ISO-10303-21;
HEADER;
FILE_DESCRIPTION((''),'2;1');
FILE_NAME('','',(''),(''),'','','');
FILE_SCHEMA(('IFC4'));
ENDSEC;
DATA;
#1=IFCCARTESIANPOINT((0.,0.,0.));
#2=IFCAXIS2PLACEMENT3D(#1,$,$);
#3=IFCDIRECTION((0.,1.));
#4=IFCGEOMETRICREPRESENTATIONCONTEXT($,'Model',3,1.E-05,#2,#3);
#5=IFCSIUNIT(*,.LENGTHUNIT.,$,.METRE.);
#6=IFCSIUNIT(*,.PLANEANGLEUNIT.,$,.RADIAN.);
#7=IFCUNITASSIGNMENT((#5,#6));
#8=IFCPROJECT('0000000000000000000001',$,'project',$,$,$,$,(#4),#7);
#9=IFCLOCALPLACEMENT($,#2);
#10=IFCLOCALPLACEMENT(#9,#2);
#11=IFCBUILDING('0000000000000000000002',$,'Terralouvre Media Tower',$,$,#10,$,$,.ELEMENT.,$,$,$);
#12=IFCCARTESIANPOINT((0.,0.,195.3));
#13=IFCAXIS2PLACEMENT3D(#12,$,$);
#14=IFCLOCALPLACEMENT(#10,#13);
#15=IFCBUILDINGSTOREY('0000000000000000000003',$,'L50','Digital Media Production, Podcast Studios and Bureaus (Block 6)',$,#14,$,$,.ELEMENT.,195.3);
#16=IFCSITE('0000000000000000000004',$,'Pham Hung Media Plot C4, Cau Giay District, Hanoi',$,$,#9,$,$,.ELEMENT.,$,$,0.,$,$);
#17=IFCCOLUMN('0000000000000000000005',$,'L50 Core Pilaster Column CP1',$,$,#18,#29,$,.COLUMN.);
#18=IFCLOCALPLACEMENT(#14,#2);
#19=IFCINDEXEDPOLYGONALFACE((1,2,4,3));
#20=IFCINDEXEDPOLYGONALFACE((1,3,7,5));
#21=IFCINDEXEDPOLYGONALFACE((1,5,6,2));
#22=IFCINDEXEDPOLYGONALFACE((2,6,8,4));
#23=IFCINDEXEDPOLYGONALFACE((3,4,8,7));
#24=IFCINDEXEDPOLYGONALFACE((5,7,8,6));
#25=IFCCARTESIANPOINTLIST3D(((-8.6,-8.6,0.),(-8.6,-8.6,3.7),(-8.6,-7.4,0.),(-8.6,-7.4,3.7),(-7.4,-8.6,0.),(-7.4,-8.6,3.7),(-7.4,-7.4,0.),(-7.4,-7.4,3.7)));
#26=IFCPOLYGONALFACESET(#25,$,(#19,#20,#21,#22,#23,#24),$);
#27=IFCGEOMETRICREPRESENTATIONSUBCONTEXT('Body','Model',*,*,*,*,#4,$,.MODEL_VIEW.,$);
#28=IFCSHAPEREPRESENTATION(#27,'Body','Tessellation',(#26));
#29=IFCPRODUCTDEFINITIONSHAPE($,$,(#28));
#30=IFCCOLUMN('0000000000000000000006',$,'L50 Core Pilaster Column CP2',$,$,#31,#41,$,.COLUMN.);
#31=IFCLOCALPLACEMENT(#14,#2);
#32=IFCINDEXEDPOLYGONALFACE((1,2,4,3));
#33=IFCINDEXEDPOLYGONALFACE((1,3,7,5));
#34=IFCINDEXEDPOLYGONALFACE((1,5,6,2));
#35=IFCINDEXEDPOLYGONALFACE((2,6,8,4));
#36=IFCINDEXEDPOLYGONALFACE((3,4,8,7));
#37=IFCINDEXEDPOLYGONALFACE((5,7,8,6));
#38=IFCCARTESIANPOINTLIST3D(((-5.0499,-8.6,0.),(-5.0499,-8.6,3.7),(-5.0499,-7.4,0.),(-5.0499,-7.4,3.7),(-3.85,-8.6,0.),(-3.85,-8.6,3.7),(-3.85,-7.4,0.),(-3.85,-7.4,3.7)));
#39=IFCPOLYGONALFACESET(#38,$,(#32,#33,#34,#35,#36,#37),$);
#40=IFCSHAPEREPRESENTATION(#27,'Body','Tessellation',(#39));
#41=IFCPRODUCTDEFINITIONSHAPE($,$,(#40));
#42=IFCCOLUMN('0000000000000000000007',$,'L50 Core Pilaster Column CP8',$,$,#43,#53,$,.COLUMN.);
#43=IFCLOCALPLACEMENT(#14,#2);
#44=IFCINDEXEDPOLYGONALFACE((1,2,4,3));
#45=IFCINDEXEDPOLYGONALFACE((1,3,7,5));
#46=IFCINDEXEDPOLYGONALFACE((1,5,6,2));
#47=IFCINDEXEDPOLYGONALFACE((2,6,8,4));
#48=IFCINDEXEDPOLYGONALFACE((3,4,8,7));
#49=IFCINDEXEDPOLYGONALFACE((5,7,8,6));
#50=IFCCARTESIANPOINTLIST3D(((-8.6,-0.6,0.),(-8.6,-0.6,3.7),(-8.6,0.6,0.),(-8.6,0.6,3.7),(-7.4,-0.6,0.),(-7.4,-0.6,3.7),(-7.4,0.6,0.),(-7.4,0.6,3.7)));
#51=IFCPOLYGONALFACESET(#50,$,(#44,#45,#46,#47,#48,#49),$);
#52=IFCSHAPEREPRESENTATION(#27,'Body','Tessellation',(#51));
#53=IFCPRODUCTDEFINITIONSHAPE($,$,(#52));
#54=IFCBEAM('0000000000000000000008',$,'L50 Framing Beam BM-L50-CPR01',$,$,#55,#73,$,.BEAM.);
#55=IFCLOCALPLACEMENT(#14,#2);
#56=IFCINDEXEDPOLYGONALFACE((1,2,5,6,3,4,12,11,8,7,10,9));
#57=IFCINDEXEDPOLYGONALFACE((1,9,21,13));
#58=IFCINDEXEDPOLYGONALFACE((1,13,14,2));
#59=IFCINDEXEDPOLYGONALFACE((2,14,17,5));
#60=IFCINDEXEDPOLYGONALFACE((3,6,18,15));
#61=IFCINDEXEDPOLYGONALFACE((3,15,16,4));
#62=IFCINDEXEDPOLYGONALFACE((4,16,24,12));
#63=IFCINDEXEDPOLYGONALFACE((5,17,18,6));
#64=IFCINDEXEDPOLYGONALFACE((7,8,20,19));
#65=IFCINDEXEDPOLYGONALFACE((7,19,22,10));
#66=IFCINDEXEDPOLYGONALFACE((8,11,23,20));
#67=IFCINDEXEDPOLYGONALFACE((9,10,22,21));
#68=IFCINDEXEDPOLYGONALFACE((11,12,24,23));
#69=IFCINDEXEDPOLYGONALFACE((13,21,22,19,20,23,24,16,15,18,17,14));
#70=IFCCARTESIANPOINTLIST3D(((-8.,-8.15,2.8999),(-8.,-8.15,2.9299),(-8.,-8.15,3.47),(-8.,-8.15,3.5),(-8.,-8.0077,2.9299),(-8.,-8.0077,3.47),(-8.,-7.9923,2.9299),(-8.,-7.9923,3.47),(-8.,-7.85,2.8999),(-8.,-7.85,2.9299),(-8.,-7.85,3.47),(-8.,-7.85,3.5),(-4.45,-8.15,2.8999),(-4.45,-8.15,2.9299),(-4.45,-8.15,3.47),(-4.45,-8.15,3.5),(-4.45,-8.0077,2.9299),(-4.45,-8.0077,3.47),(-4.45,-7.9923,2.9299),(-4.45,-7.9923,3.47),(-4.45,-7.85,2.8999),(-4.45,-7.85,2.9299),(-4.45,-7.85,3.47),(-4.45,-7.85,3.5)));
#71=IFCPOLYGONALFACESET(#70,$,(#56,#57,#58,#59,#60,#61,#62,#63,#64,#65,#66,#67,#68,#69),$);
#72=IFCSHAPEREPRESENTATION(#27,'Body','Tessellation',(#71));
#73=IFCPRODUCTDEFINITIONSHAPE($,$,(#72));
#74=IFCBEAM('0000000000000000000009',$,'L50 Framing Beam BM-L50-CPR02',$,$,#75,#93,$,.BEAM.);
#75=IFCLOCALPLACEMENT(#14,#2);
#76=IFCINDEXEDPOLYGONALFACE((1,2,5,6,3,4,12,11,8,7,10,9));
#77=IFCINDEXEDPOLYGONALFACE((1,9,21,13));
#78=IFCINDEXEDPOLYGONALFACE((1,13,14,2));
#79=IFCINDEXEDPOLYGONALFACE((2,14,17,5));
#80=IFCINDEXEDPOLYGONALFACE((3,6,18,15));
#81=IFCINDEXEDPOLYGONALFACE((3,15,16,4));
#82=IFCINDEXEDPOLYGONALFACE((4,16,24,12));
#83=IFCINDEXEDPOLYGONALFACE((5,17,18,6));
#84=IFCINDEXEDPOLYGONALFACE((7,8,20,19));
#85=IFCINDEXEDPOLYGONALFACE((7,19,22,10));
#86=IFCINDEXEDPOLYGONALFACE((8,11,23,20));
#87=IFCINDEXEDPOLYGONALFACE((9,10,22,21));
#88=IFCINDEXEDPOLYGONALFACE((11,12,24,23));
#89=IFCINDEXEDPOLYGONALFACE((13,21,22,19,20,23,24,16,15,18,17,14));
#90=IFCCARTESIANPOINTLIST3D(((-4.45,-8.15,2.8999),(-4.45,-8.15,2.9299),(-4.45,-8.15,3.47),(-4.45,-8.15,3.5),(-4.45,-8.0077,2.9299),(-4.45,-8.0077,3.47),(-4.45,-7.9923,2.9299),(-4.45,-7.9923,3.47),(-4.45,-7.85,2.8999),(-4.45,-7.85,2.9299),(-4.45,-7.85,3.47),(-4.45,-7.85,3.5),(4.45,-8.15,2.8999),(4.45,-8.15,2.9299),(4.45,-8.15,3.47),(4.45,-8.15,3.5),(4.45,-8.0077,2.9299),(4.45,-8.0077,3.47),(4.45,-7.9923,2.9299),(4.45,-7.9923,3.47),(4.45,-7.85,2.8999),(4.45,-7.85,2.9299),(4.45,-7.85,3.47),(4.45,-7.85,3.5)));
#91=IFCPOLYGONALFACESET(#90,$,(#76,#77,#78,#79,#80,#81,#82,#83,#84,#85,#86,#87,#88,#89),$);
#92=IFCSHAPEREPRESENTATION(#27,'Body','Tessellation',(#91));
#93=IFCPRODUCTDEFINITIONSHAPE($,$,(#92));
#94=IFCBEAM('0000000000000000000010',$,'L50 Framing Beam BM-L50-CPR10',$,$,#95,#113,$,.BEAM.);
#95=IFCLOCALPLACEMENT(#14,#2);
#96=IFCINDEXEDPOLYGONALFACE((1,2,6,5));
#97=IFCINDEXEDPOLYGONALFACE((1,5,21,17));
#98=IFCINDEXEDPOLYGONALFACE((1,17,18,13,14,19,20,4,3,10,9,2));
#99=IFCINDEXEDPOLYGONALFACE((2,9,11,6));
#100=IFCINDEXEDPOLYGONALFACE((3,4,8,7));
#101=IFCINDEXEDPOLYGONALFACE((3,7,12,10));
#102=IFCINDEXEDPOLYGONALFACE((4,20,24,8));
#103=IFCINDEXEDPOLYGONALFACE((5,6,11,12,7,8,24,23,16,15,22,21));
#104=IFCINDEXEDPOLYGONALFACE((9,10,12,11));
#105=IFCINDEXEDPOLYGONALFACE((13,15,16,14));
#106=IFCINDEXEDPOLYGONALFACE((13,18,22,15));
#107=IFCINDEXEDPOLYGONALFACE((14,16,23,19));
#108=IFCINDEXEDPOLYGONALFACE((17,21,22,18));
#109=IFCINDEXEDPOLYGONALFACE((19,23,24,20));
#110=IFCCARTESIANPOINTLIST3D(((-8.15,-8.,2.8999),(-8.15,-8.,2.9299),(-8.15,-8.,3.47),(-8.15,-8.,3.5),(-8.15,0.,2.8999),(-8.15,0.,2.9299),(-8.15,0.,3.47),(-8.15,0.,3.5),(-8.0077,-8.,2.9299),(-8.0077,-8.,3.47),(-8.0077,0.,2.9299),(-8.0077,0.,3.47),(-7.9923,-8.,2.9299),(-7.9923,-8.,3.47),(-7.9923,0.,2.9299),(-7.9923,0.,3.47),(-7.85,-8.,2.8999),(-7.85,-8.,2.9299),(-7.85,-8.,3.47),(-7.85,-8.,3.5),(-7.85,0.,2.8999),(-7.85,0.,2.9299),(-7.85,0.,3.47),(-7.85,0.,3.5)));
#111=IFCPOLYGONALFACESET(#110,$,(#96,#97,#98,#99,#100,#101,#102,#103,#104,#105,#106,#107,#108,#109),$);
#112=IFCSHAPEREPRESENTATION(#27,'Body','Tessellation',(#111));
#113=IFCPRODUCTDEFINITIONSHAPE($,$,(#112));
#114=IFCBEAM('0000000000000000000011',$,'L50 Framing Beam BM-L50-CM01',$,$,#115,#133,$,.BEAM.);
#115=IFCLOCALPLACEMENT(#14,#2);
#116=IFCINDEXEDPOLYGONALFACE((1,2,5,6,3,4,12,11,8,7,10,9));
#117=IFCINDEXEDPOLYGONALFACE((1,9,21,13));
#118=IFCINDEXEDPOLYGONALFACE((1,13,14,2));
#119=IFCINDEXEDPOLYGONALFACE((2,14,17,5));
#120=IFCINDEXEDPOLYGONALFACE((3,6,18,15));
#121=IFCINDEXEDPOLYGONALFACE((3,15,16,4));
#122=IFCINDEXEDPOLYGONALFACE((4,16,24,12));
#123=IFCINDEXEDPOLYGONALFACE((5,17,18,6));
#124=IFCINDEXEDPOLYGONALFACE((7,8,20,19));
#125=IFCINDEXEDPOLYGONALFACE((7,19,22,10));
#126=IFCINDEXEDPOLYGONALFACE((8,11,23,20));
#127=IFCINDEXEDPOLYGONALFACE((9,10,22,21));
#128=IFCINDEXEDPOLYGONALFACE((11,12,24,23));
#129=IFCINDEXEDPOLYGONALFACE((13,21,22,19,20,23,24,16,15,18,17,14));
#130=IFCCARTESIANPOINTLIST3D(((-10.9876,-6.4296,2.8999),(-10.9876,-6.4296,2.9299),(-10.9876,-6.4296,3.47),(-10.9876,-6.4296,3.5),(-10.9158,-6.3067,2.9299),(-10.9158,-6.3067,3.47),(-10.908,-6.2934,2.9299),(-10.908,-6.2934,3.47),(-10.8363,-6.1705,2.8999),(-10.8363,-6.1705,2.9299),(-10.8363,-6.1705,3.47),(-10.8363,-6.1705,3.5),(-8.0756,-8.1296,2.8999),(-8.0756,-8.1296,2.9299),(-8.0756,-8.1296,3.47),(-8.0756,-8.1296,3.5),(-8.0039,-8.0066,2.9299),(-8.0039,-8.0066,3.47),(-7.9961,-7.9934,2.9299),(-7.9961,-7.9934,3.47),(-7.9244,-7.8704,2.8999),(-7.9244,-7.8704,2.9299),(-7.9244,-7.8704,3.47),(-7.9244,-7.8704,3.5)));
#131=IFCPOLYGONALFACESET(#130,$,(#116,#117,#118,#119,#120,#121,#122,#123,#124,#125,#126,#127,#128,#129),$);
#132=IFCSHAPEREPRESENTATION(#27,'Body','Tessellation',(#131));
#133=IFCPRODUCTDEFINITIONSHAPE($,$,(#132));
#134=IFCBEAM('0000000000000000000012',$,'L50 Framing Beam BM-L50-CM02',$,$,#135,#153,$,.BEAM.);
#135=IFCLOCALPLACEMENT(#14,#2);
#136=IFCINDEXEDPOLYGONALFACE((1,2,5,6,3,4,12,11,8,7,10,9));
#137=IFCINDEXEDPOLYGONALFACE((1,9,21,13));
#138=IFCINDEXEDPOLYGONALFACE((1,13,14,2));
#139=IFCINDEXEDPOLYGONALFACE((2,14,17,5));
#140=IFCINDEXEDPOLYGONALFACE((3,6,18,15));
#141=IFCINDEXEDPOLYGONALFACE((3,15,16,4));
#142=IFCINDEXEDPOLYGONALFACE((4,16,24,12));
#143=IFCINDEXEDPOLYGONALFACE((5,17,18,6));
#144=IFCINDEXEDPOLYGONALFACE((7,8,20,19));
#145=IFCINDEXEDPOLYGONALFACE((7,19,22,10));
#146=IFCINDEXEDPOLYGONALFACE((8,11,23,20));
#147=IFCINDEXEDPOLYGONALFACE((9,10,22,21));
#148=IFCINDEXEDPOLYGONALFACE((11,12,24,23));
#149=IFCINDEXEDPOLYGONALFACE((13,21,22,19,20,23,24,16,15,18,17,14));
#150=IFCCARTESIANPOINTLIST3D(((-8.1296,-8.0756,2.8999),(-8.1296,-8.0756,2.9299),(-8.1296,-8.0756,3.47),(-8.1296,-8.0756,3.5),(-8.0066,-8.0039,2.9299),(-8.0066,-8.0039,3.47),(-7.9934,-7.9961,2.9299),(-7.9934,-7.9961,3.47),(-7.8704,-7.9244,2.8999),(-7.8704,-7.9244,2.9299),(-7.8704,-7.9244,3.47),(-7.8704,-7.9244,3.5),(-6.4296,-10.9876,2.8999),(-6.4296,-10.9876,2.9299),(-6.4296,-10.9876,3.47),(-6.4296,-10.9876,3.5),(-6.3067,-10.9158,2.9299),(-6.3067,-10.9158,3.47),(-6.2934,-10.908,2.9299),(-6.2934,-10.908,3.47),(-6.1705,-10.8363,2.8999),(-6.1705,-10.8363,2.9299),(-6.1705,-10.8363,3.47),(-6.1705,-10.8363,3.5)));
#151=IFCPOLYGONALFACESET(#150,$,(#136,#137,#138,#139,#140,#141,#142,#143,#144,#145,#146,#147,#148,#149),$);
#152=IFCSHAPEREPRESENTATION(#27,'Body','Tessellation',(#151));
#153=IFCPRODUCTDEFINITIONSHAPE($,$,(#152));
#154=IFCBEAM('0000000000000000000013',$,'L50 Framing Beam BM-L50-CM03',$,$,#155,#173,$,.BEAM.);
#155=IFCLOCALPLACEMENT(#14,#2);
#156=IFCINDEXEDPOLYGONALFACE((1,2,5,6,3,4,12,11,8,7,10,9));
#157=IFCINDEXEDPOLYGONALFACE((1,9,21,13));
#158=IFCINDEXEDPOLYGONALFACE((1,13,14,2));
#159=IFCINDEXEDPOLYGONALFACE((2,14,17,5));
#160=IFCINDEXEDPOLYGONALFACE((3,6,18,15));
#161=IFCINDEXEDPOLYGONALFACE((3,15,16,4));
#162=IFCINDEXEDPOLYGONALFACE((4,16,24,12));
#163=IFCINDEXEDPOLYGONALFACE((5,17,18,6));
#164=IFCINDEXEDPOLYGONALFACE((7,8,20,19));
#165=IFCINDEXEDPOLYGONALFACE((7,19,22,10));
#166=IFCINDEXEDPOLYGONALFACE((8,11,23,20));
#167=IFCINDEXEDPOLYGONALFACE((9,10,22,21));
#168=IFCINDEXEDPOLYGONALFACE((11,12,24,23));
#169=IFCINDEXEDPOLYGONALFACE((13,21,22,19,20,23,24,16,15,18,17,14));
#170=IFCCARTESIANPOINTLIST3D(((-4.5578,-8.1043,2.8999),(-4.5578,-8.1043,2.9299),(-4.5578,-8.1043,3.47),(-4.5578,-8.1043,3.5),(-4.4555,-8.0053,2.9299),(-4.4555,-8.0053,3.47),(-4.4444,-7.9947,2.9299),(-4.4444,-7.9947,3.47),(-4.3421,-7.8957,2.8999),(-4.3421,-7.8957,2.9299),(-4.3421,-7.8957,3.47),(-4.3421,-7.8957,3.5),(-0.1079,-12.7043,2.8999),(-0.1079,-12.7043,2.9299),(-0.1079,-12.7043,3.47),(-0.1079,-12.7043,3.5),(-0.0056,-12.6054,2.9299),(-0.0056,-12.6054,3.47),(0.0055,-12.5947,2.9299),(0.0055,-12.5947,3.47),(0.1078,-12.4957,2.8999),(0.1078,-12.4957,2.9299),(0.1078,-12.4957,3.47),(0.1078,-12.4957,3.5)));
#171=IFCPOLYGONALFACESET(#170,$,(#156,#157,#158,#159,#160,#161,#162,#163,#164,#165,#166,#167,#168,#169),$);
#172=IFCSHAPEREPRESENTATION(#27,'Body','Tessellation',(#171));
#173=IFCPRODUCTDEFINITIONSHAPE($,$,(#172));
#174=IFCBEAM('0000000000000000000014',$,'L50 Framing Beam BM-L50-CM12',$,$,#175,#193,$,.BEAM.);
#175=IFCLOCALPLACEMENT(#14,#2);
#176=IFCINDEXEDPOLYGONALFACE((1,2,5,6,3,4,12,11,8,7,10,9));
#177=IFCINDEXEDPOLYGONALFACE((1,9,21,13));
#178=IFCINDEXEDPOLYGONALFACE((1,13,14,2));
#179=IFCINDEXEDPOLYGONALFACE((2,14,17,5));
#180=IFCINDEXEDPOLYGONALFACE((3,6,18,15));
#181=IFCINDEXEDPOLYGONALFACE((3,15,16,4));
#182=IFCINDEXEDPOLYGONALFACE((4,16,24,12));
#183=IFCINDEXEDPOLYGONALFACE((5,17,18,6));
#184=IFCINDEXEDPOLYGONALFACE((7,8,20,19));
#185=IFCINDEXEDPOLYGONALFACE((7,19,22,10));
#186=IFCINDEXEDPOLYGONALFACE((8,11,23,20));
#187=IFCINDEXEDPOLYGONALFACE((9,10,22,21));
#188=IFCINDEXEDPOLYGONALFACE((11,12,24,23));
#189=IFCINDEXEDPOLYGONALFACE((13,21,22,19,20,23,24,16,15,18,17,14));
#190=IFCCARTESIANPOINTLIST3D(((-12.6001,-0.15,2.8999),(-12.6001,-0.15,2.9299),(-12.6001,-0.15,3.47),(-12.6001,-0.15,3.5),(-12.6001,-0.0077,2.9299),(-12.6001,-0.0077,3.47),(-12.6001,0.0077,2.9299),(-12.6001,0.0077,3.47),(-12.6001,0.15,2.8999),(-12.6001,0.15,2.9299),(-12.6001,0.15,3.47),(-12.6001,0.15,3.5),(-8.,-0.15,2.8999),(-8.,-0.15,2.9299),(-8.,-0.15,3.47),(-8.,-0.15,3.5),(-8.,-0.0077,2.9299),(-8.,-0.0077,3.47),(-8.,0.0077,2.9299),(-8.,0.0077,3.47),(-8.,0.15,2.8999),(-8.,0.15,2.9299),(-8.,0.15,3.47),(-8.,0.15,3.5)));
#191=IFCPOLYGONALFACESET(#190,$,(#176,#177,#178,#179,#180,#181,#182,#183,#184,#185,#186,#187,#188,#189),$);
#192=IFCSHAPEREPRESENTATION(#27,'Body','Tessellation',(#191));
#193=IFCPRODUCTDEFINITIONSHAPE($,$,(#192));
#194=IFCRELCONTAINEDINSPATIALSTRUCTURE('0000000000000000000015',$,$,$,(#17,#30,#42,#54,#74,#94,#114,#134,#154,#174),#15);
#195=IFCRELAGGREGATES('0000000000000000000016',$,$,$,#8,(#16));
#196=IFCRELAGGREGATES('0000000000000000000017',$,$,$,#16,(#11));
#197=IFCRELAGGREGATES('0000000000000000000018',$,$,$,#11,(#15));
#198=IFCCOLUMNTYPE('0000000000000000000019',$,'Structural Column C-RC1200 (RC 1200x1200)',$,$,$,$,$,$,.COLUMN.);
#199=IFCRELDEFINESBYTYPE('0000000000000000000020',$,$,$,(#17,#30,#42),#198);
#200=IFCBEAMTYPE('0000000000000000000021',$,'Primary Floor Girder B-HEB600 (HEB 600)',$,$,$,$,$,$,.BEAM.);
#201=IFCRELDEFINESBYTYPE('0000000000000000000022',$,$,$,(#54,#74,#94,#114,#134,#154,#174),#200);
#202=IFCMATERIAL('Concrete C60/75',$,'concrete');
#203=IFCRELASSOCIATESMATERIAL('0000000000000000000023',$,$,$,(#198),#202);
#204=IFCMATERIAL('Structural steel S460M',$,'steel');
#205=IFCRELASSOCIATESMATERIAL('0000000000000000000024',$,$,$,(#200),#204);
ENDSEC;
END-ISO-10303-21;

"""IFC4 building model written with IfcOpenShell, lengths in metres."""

from ifc_helpers import new_model, si_unit, direction, frame, origin, origin_2d, place, context, subcontext, project, spatial, rectangle, i_section, extrude, material, material_profile, profile_set, type_object, element, save


model = new_model("IFC4")

# Units and contexts
model_context = context("Model", 3, precision=1e-05, world=origin(), true_north=direction((0.0, 1.0)))
body_context = subcontext(model_context, "Body", "Model", "MODEL_VIEW")
ifc_project = project(units=[si_unit("LENGTHUNIT", "METRE"), si_unit("PLANEANGLEUNIT", "RADIAN")], contexts=[model_context])

# Site, building, storey
site_placement = place(None, origin())
site = spatial("IfcSite", under=ifc_project, at=site_placement, Name="Pham Hung Media Plot C4, Cau Giay District, Hanoi", CompositionType="ELEMENT", RefElevation=0.0)
building_placement = place(site_placement, origin())
building = spatial("IfcBuilding", under=site, at=building_placement, Name="Terralouvre Media Tower", CompositionType="ELEMENT")
storey_placement = place(building_placement, frame((0.0, 0.0, 195.3)))
storey = spatial("IfcBuildingStorey", under=building, at=storey_placement, Name="L50", Description="Digital Media Production, Podcast Studios and Bureaus (Block 6)", CompositionType="ELEMENT", Elevation=195.3)

# Columns
ifc_material_1 = material(Name="Concrete C60/75", Category="concrete")
ifc_material_profile_1 = material_profile(ifc_material_1, rectangle(XDim=1.2, YDim=1.2, at=origin_2d()), Name="RC 1200x1200")
ifc_profile_set_1 = profile_set([ifc_material_profile_1], Name="Concrete C60/75")
column_type = type_object("IfcColumnType", Name="Structural Column C-RC1200 (RC 1200x1200)", PredefinedType="COLUMN", material=ifc_profile_set_1)
for number, where, z_axis, x_axis, name in (
    (1, (-8.0, -8.0, 0.0), (0.0, 0.0, 1.0), (1.0, 0.0, 0.0), "L50 Core Pilaster Column CP1"),
    (2, (-4.45, -8.0, 0.0), (0.0, 0.0, 1.0), (1.0, 0.0, 0.0), "L50 Core Pilaster Column CP2"),
    (3, (-8.0, 0.0, 0.0), (0.0, 0.0, 1.0), (1.0, 0.0, 0.0), "L50 Core Pilaster Column CP8"),
):
    element("IfcColumn", number, at=place(storey_placement, frame(where, z_axis=z_axis, x_axis=x_axis)), inside=storey, type_object=column_type, Name=name, PredefinedType="COLUMN", context=body_context, shape_type="SweptSolid", body=[
        extrude(rectangle(XDim=1.2, YDim=1.2, at=origin_2d()), origin(), (0.0, 0.0, 1.0), 3.7),
    ])

# Beams
ifc_material_2 = material(Name="Structural steel S460M", Category="steel")
ifc_material_profile_2 = material_profile(ifc_material_2, i_section(OverallWidth=0.3, OverallDepth=0.6001, WebThickness=0.0154, FlangeThickness=0.03, at=origin_2d()), Name="HEB 600")
ifc_profile_set_2 = profile_set([ifc_material_profile_2], Name="Structural steel S460M")
beam_type = type_object("IfcBeamType", Name="Primary Floor Girder B-HEB600 (HEB 600)", PredefinedType="BEAM", material=ifc_profile_set_2)
beam_1_placement = place(storey_placement, frame((-8.0, -8.0, 3.2), z_axis=(1.0, 0.0, 0.0), x_axis=(0.0, 1.0, 0.0)))
element("IfcBeam", 4, at=beam_1_placement, inside=storey, type_object=beam_type, Name="L50 Framing Beam BM-L50-CPR01", PredefinedType="BEAM", context=body_context, shape_type="SweptSolid", body=[
    extrude(i_section(OverallWidth=0.3, OverallDepth=0.6001, WebThickness=0.0154, FlangeThickness=0.03, at=origin_2d()), origin(), (0.0, 0.0, 1.0), 3.55),
])
beam_2_placement = place(storey_placement, frame((-4.45, -8.0, 3.2), z_axis=(1.0, 0.0, 0.0), x_axis=(0.0, 1.0, 0.0)))
element("IfcBeam", 5, at=beam_2_placement, inside=storey, type_object=beam_type, Name="L50 Framing Beam BM-L50-CPR02", PredefinedType="BEAM", context=body_context, shape_type="SweptSolid", body=[
    extrude(i_section(OverallWidth=0.3, OverallDepth=0.6001, WebThickness=0.0154, FlangeThickness=0.03, at=origin_2d()), origin(), (0.0, 0.0, 1.0), 8.8999),
])
beam_3_placement = place(storey_placement, frame((-8.0, 0.0, 3.2), z_axis=(0.0, -1.0, 0.0), x_axis=(1.0, 0.0, 0.0)))
element("IfcBeam", 6, at=beam_3_placement, inside=storey, type_object=beam_type, Name="L50 Framing Beam BM-L50-CPR10", PredefinedType="BEAM", context=body_context, shape_type="SweptSolid", body=[
    extrude(i_section(OverallWidth=0.3, OverallDepth=0.6001, WebThickness=0.0154, FlangeThickness=0.03, at=origin_2d()), origin(), (0.0, 0.0, 1.0), 8.0),
])
for number, where, z_axis, x_axis, name in (
    (7, (-8.0, -8.0, 3.2), (-0.863603, 0.504173, 0.0), (-0.504173, -0.863603, 0.0), "L50 Framing Beam BM-L50-CM01"),
    (8, (-8.0, -8.0, 3.2), (0.504173, -0.863603, 0.0), (0.863603, 0.504173, 0.0), "L50 Framing Beam BM-L50-CM02"),
):
    element("IfcBeam", number, at=place(storey_placement, frame(where, z_axis=z_axis, x_axis=x_axis)), inside=storey, type_object=beam_type, Name=name, PredefinedType="BEAM", context=body_context, shape_type="SweptSolid", body=[
        extrude(i_section(OverallWidth=0.3, OverallDepth=0.6001, WebThickness=0.0154, FlangeThickness=0.03, at=origin_2d()), origin(), (0.0, 0.0, 1.0), 3.3718),
    ])
beam_4_placement = place(storey_placement, frame((-4.45, -8.0, 3.2), z_axis=(0.69528, -0.718739, 0.0), x_axis=(0.718739, 0.69528, 0.0)))
element("IfcBeam", 9, at=beam_4_placement, inside=storey, type_object=beam_type, Name="L50 Framing Beam BM-L50-CM03", PredefinedType="BEAM", context=body_context, shape_type="SweptSolid", body=[
    extrude(i_section(OverallWidth=0.3, OverallDepth=0.6001, WebThickness=0.0154, FlangeThickness=0.03, at=origin_2d()), origin(), (0.0, 0.0, 1.0), 6.4001),
])
beam_5_placement = place(storey_placement, frame((-8.0, 0.0, 3.2), z_axis=(-1.0, 0.0, 0.0), x_axis=(0.0, -1.0, 0.0)))
element("IfcBeam", 10, at=beam_5_placement, inside=storey, type_object=beam_type, Name="L50 Framing Beam BM-L50-CM12", PredefinedType="BEAM", context=body_context, shape_type="SweptSolid", body=[
    extrude(i_section(OverallWidth=0.3, OverallDepth=0.6001, WebThickness=0.0154, FlangeThickness=0.03, at=origin_2d()), origin(), (0.0, 0.0, 1.0), 4.6001),
])

save(model, "model.ifc")
